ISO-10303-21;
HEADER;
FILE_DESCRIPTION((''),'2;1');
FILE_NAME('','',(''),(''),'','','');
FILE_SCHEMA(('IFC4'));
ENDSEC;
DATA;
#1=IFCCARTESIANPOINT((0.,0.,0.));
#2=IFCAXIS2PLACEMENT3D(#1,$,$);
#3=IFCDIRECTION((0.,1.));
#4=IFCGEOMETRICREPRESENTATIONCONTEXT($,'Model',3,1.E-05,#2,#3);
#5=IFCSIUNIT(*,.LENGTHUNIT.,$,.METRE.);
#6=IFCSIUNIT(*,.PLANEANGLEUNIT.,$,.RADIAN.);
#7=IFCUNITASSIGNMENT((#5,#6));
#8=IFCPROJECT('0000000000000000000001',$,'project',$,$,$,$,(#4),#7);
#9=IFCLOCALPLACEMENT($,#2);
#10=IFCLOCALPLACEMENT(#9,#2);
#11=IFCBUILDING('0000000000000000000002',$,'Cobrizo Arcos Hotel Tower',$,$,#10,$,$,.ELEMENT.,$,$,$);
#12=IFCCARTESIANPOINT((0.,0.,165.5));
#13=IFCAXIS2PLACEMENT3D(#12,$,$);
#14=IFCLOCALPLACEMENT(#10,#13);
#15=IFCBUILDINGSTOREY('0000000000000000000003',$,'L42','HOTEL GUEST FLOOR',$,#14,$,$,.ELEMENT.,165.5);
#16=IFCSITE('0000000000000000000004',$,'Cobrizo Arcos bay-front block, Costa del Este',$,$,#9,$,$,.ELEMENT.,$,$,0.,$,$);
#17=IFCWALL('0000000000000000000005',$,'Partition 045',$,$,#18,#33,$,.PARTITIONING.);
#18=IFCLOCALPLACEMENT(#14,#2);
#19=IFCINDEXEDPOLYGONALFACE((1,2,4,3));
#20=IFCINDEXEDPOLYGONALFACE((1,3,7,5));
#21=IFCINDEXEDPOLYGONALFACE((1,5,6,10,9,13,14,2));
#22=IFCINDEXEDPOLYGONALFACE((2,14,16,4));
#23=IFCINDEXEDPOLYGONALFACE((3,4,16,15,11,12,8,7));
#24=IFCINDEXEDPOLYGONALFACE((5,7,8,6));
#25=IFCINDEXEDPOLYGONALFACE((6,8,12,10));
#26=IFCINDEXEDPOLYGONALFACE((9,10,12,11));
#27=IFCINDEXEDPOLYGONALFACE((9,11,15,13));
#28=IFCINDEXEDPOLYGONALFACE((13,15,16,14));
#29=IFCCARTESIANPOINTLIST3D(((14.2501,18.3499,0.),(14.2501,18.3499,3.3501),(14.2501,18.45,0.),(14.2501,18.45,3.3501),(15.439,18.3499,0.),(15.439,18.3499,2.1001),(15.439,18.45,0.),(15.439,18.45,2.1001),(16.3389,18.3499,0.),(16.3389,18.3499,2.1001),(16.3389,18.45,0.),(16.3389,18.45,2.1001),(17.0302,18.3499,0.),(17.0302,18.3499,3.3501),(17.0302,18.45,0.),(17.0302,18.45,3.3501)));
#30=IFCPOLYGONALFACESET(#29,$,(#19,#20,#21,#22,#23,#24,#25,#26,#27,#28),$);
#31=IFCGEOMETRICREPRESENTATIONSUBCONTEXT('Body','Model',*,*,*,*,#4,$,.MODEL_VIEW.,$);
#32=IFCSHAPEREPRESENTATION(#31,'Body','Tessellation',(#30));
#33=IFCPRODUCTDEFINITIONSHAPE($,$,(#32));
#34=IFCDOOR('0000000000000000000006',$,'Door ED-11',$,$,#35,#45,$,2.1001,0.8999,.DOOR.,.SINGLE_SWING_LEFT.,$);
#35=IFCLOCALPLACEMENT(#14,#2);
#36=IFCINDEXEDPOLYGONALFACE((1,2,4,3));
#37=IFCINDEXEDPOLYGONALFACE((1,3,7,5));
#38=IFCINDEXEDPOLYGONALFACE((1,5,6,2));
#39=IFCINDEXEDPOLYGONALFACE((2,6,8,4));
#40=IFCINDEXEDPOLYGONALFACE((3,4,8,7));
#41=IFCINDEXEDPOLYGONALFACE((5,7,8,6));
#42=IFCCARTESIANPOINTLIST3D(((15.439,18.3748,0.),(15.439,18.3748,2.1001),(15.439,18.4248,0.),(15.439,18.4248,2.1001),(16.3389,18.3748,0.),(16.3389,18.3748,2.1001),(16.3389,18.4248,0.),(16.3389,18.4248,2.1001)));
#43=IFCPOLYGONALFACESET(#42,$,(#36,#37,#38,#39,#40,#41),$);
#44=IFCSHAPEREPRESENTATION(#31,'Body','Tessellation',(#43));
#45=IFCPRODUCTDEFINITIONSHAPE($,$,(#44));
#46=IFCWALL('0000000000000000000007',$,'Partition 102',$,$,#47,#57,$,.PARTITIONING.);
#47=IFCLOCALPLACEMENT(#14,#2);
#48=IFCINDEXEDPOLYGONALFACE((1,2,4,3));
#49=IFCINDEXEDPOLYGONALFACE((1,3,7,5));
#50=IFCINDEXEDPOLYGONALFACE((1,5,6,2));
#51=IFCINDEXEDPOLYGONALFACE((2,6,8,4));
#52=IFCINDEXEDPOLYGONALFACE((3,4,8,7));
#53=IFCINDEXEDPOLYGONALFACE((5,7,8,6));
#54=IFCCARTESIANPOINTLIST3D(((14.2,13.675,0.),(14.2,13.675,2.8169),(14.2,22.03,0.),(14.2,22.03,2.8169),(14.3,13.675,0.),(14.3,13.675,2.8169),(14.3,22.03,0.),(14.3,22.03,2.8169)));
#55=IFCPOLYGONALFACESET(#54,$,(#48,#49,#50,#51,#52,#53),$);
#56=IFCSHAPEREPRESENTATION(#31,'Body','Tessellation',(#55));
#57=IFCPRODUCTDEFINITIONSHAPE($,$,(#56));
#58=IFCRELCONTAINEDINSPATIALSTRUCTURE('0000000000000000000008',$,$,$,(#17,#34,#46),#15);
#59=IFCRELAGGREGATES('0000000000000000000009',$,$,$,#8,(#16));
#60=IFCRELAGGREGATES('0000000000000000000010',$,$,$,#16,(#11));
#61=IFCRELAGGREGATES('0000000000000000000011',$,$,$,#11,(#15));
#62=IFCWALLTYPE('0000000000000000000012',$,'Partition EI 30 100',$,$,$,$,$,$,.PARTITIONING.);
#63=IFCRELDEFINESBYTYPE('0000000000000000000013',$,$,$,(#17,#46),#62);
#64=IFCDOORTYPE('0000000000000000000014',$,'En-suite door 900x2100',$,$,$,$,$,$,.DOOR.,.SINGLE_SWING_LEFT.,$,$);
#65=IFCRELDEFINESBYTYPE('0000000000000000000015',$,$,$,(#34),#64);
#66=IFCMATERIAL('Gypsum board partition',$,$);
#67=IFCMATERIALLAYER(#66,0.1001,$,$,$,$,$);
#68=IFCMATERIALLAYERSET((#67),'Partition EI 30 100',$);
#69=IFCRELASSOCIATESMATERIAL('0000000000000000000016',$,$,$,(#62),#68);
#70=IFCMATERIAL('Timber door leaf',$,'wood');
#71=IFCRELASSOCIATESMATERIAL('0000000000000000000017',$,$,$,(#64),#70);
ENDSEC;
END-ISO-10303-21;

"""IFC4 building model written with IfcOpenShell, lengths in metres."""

from ifc_helpers import new_model, si_unit, direction, frame, frame_2d, origin, place, context, subcontext, project, spatial, rectangle, extrude, material, layer, layer_set, type_object, element, fill, save


model = new_model("IFC4")

# Units and contexts
model_context = context("Model", 3, precision=1e-05, world=origin(), true_north=direction((0.0, 1.0)))
body_context = subcontext(model_context, "Body", "Model", "MODEL_VIEW")
ifc_project = project(units=[si_unit("LENGTHUNIT", "METRE"), si_unit("PLANEANGLEUNIT", "RADIAN")], contexts=[model_context])

# Site, building, storey
site_placement = place(None, origin())
site = spatial("IfcSite", under=ifc_project, at=site_placement, Name="Cobrizo Arcos bay-front block, Costa del Este", CompositionType="ELEMENT", RefElevation=0.0)
building_placement = place(site_placement, origin())
building = spatial("IfcBuilding", under=site, at=building_placement, Name="Cobrizo Arcos Hotel Tower", CompositionType="ELEMENT")
storey_placement = place(building_placement, frame((0.0, 0.0, 165.5)))
storey = spatial("IfcBuildingStorey", under=building, at=storey_placement, Name="L42", Description="HOTEL GUEST FLOOR", CompositionType="ELEMENT", Elevation=165.5)

# Wall, opening, door
ifc_material_1 = material(Name="Gypsum board partition")
ifc_layer_1 = layer(ifc_material_1, 0.1001)
ifc_layer_set_1 = layer_set([ifc_layer_1], Name="Partition EI 30 100")
wall_type = type_object("IfcWallType", Name="Partition EI 30 100", PredefinedType="PARTITIONING", material=ifc_layer_set_1)
wall_1_placement = place(storey_placement, frame((14.25, 18.3999, 0.0), z_axis=(0.0, 0.0, 1.0), x_axis=(1.0, 0.0, 0.0)))
wall_1 = element("IfcWall", 1, at=wall_1_placement, inside=storey, type_object=wall_type, Name="Partition 045", PredefinedType="PARTITIONING", context=body_context, shape_type="SweptSolid", body=[
    extrude(rectangle(XDim=2.78, YDim=0.1001, at=frame_2d((1.3901, 0.0))), origin(), (0.0, 0.0, 1.0), 3.3501),
])
opening_placement = place(wall_1_placement, frame((1.189, 0.0, 0.0)))
opening = element("IfcOpeningElement", 2, at=opening_placement, cuts=wall_1, PredefinedType="OPENING", context=body_context, shape_type="SweptSolid", body=[
    extrude(rectangle(XDim=0.8999, YDim=2.1001, at=frame_2d((0.45, 1.05))), frame((0.0, 0.062, 0.0), z_axis=(0.0, -1.0, 0.0), x_axis=(1.0, 0.0, 0.0)), (0.0, 0.0, 1.0), 0.124),
])
ifc_material_2 = material(Name="Timber door leaf", Category="wood")
door_type = type_object("IfcDoorType", Name="En-suite door 900x2100", OperationType="SINGLE_SWING_LEFT", PredefinedType="DOOR", material=ifc_material_2)
door_placement = place(opening_placement, origin())
door = element("IfcDoor", 3, at=door_placement, inside=storey, type_object=door_type, Name="Door ED-11", OperationType="SINGLE_SWING_LEFT", OverallHeight=2.1001, OverallWidth=0.8999, PredefinedType="DOOR", context=body_context, shape_type="SweptSolid", body=[
    extrude(rectangle(XDim=0.8999, YDim=2.1001, at=frame_2d((0.45, 1.05))), frame((0.0, 0.0249, 0.0), z_axis=(0.0, -1.0, 0.0), x_axis=(1.0, 0.0, 0.0)), (0.0, 0.0, 1.0), 0.05),
])
fill(opening, door)

# Wall
wall_2_placement = place(storey_placement, frame((14.25, 13.675, 0.0), z_axis=(0.0, 0.0, 1.0), x_axis=(0.0, 1.0, 0.0)))
element("IfcWall", 4, at=wall_2_placement, inside=storey, type_object=wall_type, Name="Partition 102", PredefinedType="PARTITIONING", context=body_context, shape_type="SweptSolid", body=[
    extrude(rectangle(XDim=8.355, YDim=0.1001, at=frame_2d((4.1775, 0.0))), origin(), (0.0, 0.0, 1.0), 2.8169),
])

save(model, "model.ifc")
